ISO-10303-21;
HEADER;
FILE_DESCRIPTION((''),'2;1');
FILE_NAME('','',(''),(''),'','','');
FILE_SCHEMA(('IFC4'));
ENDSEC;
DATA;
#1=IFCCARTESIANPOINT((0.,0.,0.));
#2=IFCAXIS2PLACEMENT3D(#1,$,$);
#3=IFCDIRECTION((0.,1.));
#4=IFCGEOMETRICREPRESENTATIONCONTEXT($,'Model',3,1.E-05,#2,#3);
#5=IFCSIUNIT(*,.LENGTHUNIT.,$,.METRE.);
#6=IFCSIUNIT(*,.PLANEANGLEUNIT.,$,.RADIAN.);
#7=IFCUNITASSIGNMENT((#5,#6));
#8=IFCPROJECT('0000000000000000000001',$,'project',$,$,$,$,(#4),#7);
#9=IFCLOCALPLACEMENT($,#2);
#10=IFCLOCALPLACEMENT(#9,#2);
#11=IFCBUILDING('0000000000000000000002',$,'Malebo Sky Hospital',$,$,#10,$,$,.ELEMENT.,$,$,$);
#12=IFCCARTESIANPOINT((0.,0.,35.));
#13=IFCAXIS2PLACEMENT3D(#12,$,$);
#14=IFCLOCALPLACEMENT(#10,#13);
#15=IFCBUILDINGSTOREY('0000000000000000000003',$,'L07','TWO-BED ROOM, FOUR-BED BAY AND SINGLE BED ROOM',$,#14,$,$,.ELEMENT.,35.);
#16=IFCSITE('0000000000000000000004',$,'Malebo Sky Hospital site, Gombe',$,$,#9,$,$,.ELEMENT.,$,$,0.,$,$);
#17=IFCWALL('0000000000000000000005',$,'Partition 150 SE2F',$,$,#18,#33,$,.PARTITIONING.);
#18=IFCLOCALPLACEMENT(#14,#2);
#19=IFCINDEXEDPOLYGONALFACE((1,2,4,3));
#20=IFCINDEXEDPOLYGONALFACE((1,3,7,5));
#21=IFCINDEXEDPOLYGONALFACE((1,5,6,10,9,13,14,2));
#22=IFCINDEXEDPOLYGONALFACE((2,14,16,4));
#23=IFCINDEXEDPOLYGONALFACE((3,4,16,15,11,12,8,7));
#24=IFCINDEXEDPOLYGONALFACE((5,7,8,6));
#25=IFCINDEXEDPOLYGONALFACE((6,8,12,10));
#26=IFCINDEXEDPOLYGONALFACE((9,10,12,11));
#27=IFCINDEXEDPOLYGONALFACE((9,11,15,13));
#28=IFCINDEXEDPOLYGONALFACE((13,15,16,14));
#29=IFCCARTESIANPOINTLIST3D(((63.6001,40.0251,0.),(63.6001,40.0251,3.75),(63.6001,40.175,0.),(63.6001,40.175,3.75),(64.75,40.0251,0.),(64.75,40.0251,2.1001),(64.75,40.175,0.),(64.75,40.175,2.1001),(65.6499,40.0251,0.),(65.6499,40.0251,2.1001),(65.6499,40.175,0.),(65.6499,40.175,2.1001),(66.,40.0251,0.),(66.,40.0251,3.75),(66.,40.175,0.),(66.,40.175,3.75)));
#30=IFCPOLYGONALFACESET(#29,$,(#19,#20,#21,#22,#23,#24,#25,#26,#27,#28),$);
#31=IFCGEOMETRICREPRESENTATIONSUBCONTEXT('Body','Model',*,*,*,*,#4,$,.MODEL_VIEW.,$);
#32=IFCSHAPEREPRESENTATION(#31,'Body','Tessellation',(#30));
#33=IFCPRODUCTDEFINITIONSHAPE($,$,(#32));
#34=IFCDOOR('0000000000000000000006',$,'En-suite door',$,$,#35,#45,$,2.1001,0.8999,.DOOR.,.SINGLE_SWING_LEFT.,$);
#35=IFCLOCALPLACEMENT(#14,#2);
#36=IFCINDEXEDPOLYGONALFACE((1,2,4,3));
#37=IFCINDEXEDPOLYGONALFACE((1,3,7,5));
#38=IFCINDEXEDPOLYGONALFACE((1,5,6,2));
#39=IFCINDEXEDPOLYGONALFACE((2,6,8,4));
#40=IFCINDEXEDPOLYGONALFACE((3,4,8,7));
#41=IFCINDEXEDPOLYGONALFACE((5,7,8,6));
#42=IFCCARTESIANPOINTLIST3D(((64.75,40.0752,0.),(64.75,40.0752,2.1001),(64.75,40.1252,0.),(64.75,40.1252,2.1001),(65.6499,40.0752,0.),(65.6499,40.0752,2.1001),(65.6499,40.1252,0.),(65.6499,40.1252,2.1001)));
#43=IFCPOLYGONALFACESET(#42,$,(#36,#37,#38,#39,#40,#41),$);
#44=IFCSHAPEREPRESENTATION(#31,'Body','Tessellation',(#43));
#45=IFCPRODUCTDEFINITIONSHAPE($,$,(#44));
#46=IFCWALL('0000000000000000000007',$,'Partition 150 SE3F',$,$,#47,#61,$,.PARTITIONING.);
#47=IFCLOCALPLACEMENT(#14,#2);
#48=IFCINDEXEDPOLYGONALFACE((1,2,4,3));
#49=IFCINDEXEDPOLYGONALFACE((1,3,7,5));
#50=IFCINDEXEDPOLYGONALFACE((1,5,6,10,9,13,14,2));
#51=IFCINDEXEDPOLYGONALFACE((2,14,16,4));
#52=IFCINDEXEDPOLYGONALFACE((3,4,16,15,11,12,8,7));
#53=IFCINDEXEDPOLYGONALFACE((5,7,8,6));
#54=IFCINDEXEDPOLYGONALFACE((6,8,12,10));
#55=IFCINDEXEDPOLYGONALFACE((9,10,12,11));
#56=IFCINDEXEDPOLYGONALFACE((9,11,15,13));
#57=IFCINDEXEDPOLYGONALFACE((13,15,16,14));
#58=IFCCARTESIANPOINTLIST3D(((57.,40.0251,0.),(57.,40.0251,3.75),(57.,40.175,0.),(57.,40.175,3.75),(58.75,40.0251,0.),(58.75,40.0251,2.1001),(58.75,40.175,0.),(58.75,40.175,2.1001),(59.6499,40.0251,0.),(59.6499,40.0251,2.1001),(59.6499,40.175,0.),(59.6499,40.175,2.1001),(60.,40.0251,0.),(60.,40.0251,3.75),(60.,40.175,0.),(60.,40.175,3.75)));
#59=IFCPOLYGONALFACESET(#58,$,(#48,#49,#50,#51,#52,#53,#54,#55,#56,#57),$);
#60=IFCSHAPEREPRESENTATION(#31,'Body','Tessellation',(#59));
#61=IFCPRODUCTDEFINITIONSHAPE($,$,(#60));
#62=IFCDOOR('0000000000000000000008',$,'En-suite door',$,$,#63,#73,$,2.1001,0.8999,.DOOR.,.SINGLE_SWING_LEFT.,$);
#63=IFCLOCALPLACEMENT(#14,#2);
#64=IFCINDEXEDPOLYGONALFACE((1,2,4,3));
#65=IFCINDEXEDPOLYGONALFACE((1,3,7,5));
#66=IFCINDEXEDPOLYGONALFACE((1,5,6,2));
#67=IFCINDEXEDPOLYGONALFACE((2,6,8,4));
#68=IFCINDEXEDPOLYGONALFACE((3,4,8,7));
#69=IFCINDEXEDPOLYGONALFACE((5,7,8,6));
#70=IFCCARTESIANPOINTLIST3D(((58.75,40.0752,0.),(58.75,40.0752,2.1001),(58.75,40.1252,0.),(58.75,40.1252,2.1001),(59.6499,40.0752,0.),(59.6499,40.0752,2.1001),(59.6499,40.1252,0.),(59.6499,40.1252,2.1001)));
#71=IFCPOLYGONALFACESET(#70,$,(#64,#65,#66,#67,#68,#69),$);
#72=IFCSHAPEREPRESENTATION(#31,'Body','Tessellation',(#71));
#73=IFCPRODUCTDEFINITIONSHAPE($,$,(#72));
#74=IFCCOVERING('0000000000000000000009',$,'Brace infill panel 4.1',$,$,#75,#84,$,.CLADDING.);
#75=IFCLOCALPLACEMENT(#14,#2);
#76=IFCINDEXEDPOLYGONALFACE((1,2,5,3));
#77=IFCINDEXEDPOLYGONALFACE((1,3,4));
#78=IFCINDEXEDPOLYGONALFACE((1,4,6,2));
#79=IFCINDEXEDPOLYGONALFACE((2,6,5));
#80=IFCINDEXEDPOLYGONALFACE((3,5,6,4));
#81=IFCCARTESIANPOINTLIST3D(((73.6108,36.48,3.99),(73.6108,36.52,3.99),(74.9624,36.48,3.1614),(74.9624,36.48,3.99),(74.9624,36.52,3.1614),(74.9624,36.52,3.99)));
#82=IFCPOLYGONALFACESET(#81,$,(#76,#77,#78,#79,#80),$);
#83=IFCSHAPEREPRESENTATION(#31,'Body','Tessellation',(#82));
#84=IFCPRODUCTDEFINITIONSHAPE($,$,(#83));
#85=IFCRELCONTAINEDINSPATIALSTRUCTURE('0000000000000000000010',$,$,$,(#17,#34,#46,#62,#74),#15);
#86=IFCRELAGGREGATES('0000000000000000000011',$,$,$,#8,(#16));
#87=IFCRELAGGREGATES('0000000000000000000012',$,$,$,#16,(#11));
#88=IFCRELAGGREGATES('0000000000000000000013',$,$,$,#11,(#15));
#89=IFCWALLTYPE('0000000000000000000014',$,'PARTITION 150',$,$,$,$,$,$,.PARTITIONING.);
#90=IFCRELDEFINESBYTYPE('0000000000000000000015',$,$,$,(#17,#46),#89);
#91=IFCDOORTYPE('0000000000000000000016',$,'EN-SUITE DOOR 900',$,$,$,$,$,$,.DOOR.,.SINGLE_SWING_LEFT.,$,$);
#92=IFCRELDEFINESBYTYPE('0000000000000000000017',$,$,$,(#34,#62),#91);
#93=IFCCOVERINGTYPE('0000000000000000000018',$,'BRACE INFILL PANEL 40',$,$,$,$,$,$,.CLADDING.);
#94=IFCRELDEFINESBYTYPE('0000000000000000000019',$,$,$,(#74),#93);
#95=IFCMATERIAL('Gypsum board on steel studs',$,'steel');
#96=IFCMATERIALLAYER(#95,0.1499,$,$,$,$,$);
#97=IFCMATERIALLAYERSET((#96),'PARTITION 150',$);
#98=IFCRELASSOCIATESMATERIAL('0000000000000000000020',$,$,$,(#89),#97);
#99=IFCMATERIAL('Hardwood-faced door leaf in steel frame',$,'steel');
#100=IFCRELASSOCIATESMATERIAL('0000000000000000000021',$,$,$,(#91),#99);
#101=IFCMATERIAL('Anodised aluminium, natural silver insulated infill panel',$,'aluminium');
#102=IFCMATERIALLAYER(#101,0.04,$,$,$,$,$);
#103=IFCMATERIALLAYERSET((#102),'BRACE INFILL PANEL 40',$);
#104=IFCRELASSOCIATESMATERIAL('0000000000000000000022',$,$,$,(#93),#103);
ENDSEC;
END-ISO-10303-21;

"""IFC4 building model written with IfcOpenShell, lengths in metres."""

from ifc_helpers import new_model, si_unit, direction, frame, frame_2d, origin, place, context, subcontext, project, spatial, polyline, rectangle, outline, extrude, material, layer, layer_set, type_object, element, fill, save


model = new_model("IFC4")

# Units and contexts
model_context = context("Model", 3, precision=1e-05, world=origin(), true_north=direction((0.0, 1.0)))
body_context = subcontext(model_context, "Body", "Model", "MODEL_VIEW")
ifc_project = project(units=[si_unit("LENGTHUNIT", "METRE"), si_unit("PLANEANGLEUNIT", "RADIAN")], contexts=[model_context])

# Site, building, storey
site_placement = place(None, origin())
site = spatial("IfcSite", under=ifc_project, at=site_placement, Name="Malebo Sky Hospital site, Gombe", CompositionType="ELEMENT", RefElevation=0.0)
building_placement = place(site_placement, origin())
building = spatial("IfcBuilding", under=site, at=building_placement, Name="Malebo Sky Hospital", CompositionType="ELEMENT")
storey_placement = place(building_placement, frame((0.0, 0.0, 35.0)))
storey = spatial("IfcBuildingStorey", under=building, at=storey_placement, Name="L07", Description="TWO-BED ROOM, FOUR-BED BAY AND SINGLE BED ROOM", CompositionType="ELEMENT", Elevation=35.0)

# Walls, openings, doors
ifc_material_1 = material(Name="Gypsum board on steel studs", Category="steel")
ifc_layer_1 = layer(ifc_material_1, 0.1499)
ifc_layer_set_1 = layer_set([ifc_layer_1], Name="PARTITION 150")
wall_type = type_object("IfcWallType", Name="PARTITION 150", PredefinedType="PARTITIONING", material=ifc_layer_set_1)
ifc_material_2 = material(Name="Hardwood-faced door leaf in steel frame", Category="steel")
door_type = type_object("IfcDoorType", Name="EN-SUITE DOOR 900", OperationType="SINGLE_SWING_LEFT", PredefinedType="DOOR", material=ifc_material_2)
wall_1_placement = place(storey_placement, frame((66.0, 40.1001, 0.0), z_axis=(0.0, 0.0, 1.0), x_axis=(-1.0, 0.0, 0.0)))
wall_1 = element("IfcWall", 1, at=wall_1_placement, inside=storey, type_object=wall_type, Name="Partition 150 SE2F", PredefinedType="PARTITIONING", context=body_context, shape_type="SweptSolid", body=[
    extrude(rectangle(XDim=2.3999, YDim=0.1499, at=frame_2d((1.2, 0.0))), origin(), (0.0, 0.0, 1.0), 3.75),
])
opening_1_placement = place(wall_1_placement, frame((0.3501, 0.0, 0.0)))
opening_1 = element("IfcOpeningElement", 2, at=opening_1_placement, cuts=wall_1, PredefinedType="OPENING", context=body_context, shape_type="SweptSolid", body=[
    extrude(rectangle(XDim=0.8999, YDim=2.1001, at=frame_2d((0.45, 1.05))), frame((0.0, 0.085, 0.0), z_axis=(0.0, -1.0, 0.0), x_axis=(1.0, 0.0, 0.0)), (0.0, 0.0, 1.0), 0.1699),
])
door_1_placement = place(opening_1_placement, origin())
door_1 = element("IfcDoor", 3, at=door_1_placement, inside=storey, type_object=door_type, Name="En-suite door", OperationType="SINGLE_SWING_LEFT", OverallHeight=2.1001, OverallWidth=0.8999, PredefinedType="DOOR", context=body_context, shape_type="SweptSolid", body=[
    extrude(rectangle(XDim=0.8999, YDim=2.1001, at=frame_2d((0.45, 1.05))), frame((0.0, 0.0249, 0.0), z_axis=(0.0, -1.0, 0.0), x_axis=(1.0, 0.0, 0.0)), (0.0, 0.0, 1.0), 0.05),
])
fill(opening_1, door_1)
wall_2_placement = place(storey_placement, frame((60.0, 40.1001, 0.0), z_axis=(0.0, 0.0, 1.0), x_axis=(-1.0, 0.0, 0.0)))
wall_2 = element("IfcWall", 4, at=wall_2_placement, inside=storey, type_object=wall_type, Name="Partition 150 SE3F", PredefinedType="PARTITIONING", context=body_context, shape_type="SweptSolid", body=[
    extrude(rectangle(XDim=3.0, YDim=0.1499, at=frame_2d((1.5, 0.0))), origin(), (0.0, 0.0, 1.0), 3.75),
])
opening_2_placement = place(wall_2_placement, frame((0.3501, 0.0, 0.0)))
opening_2 = element("IfcOpeningElement", 5, at=opening_2_placement, cuts=wall_2, PredefinedType="OPENING", context=body_context, shape_type="SweptSolid", body=[
    extrude(rectangle(XDim=0.8999, YDim=2.1001, at=frame_2d((0.45, 1.05))), frame((0.0, 0.085, 0.0), z_axis=(0.0, -1.0, 0.0), x_axis=(1.0, 0.0, 0.0)), (0.0, 0.0, 1.0), 0.1699),
])
door_2_placement = place(opening_2_placement, origin())
door_2 = element("IfcDoor", 6, at=door_2_placement, inside=storey, type_object=door_type, Name="En-suite door", OperationType="SINGLE_SWING_LEFT", OverallHeight=2.1001, OverallWidth=0.8999, PredefinedType="DOOR", context=body_context, shape_type="SweptSolid", body=[
    extrude(rectangle(XDim=0.8999, YDim=2.1001, at=frame_2d((0.45, 1.05))), frame((0.0, 0.0249, 0.0), z_axis=(0.0, -1.0, 0.0), x_axis=(1.0, 0.0, 0.0)), (0.0, 0.0, 1.0), 0.05),
])
fill(opening_2, door_2)

# Covering
ifc_material_3 = material(Name="Anodised aluminium, natural silver insulated infill panel", Category="aluminium")
ifc_layer_2 = layer(ifc_material_3, 0.04)
ifc_layer_set_2 = layer_set([ifc_layer_2], Name="BRACE INFILL PANEL 40")
covering_type = type_object("IfcCoveringType", Name="BRACE INFILL PANEL 40", PredefinedType="CLADDING", material=ifc_layer_set_2)
covering_placement = place(storey_placement, frame((74.2866, 36.5, 3.1614), z_axis=(0.0, 0.0, 1.0), x_axis=(-1.0, 0.0, 0.0)))
element("IfcCovering", 7, at=covering_placement, inside=storey, type_object=covering_type, Name="Brace infill panel 4.1", PredefinedType="CLADDING", context=body_context, shape_type="SweptSolid", body=[
    extrude(outline(polyline([(-0.6758, 0.0), (0.6758, 0.8286), (-0.6758, 0.8286), (-0.6758, 0.0)])), frame((0.0, 0.02, 0.0), z_axis=(0.0, -1.0, 0.0), x_axis=(1.0, 0.0, 0.0)), (0.0, 0.0, 1.0), 0.04),
])

save(model, "model.ifc")
